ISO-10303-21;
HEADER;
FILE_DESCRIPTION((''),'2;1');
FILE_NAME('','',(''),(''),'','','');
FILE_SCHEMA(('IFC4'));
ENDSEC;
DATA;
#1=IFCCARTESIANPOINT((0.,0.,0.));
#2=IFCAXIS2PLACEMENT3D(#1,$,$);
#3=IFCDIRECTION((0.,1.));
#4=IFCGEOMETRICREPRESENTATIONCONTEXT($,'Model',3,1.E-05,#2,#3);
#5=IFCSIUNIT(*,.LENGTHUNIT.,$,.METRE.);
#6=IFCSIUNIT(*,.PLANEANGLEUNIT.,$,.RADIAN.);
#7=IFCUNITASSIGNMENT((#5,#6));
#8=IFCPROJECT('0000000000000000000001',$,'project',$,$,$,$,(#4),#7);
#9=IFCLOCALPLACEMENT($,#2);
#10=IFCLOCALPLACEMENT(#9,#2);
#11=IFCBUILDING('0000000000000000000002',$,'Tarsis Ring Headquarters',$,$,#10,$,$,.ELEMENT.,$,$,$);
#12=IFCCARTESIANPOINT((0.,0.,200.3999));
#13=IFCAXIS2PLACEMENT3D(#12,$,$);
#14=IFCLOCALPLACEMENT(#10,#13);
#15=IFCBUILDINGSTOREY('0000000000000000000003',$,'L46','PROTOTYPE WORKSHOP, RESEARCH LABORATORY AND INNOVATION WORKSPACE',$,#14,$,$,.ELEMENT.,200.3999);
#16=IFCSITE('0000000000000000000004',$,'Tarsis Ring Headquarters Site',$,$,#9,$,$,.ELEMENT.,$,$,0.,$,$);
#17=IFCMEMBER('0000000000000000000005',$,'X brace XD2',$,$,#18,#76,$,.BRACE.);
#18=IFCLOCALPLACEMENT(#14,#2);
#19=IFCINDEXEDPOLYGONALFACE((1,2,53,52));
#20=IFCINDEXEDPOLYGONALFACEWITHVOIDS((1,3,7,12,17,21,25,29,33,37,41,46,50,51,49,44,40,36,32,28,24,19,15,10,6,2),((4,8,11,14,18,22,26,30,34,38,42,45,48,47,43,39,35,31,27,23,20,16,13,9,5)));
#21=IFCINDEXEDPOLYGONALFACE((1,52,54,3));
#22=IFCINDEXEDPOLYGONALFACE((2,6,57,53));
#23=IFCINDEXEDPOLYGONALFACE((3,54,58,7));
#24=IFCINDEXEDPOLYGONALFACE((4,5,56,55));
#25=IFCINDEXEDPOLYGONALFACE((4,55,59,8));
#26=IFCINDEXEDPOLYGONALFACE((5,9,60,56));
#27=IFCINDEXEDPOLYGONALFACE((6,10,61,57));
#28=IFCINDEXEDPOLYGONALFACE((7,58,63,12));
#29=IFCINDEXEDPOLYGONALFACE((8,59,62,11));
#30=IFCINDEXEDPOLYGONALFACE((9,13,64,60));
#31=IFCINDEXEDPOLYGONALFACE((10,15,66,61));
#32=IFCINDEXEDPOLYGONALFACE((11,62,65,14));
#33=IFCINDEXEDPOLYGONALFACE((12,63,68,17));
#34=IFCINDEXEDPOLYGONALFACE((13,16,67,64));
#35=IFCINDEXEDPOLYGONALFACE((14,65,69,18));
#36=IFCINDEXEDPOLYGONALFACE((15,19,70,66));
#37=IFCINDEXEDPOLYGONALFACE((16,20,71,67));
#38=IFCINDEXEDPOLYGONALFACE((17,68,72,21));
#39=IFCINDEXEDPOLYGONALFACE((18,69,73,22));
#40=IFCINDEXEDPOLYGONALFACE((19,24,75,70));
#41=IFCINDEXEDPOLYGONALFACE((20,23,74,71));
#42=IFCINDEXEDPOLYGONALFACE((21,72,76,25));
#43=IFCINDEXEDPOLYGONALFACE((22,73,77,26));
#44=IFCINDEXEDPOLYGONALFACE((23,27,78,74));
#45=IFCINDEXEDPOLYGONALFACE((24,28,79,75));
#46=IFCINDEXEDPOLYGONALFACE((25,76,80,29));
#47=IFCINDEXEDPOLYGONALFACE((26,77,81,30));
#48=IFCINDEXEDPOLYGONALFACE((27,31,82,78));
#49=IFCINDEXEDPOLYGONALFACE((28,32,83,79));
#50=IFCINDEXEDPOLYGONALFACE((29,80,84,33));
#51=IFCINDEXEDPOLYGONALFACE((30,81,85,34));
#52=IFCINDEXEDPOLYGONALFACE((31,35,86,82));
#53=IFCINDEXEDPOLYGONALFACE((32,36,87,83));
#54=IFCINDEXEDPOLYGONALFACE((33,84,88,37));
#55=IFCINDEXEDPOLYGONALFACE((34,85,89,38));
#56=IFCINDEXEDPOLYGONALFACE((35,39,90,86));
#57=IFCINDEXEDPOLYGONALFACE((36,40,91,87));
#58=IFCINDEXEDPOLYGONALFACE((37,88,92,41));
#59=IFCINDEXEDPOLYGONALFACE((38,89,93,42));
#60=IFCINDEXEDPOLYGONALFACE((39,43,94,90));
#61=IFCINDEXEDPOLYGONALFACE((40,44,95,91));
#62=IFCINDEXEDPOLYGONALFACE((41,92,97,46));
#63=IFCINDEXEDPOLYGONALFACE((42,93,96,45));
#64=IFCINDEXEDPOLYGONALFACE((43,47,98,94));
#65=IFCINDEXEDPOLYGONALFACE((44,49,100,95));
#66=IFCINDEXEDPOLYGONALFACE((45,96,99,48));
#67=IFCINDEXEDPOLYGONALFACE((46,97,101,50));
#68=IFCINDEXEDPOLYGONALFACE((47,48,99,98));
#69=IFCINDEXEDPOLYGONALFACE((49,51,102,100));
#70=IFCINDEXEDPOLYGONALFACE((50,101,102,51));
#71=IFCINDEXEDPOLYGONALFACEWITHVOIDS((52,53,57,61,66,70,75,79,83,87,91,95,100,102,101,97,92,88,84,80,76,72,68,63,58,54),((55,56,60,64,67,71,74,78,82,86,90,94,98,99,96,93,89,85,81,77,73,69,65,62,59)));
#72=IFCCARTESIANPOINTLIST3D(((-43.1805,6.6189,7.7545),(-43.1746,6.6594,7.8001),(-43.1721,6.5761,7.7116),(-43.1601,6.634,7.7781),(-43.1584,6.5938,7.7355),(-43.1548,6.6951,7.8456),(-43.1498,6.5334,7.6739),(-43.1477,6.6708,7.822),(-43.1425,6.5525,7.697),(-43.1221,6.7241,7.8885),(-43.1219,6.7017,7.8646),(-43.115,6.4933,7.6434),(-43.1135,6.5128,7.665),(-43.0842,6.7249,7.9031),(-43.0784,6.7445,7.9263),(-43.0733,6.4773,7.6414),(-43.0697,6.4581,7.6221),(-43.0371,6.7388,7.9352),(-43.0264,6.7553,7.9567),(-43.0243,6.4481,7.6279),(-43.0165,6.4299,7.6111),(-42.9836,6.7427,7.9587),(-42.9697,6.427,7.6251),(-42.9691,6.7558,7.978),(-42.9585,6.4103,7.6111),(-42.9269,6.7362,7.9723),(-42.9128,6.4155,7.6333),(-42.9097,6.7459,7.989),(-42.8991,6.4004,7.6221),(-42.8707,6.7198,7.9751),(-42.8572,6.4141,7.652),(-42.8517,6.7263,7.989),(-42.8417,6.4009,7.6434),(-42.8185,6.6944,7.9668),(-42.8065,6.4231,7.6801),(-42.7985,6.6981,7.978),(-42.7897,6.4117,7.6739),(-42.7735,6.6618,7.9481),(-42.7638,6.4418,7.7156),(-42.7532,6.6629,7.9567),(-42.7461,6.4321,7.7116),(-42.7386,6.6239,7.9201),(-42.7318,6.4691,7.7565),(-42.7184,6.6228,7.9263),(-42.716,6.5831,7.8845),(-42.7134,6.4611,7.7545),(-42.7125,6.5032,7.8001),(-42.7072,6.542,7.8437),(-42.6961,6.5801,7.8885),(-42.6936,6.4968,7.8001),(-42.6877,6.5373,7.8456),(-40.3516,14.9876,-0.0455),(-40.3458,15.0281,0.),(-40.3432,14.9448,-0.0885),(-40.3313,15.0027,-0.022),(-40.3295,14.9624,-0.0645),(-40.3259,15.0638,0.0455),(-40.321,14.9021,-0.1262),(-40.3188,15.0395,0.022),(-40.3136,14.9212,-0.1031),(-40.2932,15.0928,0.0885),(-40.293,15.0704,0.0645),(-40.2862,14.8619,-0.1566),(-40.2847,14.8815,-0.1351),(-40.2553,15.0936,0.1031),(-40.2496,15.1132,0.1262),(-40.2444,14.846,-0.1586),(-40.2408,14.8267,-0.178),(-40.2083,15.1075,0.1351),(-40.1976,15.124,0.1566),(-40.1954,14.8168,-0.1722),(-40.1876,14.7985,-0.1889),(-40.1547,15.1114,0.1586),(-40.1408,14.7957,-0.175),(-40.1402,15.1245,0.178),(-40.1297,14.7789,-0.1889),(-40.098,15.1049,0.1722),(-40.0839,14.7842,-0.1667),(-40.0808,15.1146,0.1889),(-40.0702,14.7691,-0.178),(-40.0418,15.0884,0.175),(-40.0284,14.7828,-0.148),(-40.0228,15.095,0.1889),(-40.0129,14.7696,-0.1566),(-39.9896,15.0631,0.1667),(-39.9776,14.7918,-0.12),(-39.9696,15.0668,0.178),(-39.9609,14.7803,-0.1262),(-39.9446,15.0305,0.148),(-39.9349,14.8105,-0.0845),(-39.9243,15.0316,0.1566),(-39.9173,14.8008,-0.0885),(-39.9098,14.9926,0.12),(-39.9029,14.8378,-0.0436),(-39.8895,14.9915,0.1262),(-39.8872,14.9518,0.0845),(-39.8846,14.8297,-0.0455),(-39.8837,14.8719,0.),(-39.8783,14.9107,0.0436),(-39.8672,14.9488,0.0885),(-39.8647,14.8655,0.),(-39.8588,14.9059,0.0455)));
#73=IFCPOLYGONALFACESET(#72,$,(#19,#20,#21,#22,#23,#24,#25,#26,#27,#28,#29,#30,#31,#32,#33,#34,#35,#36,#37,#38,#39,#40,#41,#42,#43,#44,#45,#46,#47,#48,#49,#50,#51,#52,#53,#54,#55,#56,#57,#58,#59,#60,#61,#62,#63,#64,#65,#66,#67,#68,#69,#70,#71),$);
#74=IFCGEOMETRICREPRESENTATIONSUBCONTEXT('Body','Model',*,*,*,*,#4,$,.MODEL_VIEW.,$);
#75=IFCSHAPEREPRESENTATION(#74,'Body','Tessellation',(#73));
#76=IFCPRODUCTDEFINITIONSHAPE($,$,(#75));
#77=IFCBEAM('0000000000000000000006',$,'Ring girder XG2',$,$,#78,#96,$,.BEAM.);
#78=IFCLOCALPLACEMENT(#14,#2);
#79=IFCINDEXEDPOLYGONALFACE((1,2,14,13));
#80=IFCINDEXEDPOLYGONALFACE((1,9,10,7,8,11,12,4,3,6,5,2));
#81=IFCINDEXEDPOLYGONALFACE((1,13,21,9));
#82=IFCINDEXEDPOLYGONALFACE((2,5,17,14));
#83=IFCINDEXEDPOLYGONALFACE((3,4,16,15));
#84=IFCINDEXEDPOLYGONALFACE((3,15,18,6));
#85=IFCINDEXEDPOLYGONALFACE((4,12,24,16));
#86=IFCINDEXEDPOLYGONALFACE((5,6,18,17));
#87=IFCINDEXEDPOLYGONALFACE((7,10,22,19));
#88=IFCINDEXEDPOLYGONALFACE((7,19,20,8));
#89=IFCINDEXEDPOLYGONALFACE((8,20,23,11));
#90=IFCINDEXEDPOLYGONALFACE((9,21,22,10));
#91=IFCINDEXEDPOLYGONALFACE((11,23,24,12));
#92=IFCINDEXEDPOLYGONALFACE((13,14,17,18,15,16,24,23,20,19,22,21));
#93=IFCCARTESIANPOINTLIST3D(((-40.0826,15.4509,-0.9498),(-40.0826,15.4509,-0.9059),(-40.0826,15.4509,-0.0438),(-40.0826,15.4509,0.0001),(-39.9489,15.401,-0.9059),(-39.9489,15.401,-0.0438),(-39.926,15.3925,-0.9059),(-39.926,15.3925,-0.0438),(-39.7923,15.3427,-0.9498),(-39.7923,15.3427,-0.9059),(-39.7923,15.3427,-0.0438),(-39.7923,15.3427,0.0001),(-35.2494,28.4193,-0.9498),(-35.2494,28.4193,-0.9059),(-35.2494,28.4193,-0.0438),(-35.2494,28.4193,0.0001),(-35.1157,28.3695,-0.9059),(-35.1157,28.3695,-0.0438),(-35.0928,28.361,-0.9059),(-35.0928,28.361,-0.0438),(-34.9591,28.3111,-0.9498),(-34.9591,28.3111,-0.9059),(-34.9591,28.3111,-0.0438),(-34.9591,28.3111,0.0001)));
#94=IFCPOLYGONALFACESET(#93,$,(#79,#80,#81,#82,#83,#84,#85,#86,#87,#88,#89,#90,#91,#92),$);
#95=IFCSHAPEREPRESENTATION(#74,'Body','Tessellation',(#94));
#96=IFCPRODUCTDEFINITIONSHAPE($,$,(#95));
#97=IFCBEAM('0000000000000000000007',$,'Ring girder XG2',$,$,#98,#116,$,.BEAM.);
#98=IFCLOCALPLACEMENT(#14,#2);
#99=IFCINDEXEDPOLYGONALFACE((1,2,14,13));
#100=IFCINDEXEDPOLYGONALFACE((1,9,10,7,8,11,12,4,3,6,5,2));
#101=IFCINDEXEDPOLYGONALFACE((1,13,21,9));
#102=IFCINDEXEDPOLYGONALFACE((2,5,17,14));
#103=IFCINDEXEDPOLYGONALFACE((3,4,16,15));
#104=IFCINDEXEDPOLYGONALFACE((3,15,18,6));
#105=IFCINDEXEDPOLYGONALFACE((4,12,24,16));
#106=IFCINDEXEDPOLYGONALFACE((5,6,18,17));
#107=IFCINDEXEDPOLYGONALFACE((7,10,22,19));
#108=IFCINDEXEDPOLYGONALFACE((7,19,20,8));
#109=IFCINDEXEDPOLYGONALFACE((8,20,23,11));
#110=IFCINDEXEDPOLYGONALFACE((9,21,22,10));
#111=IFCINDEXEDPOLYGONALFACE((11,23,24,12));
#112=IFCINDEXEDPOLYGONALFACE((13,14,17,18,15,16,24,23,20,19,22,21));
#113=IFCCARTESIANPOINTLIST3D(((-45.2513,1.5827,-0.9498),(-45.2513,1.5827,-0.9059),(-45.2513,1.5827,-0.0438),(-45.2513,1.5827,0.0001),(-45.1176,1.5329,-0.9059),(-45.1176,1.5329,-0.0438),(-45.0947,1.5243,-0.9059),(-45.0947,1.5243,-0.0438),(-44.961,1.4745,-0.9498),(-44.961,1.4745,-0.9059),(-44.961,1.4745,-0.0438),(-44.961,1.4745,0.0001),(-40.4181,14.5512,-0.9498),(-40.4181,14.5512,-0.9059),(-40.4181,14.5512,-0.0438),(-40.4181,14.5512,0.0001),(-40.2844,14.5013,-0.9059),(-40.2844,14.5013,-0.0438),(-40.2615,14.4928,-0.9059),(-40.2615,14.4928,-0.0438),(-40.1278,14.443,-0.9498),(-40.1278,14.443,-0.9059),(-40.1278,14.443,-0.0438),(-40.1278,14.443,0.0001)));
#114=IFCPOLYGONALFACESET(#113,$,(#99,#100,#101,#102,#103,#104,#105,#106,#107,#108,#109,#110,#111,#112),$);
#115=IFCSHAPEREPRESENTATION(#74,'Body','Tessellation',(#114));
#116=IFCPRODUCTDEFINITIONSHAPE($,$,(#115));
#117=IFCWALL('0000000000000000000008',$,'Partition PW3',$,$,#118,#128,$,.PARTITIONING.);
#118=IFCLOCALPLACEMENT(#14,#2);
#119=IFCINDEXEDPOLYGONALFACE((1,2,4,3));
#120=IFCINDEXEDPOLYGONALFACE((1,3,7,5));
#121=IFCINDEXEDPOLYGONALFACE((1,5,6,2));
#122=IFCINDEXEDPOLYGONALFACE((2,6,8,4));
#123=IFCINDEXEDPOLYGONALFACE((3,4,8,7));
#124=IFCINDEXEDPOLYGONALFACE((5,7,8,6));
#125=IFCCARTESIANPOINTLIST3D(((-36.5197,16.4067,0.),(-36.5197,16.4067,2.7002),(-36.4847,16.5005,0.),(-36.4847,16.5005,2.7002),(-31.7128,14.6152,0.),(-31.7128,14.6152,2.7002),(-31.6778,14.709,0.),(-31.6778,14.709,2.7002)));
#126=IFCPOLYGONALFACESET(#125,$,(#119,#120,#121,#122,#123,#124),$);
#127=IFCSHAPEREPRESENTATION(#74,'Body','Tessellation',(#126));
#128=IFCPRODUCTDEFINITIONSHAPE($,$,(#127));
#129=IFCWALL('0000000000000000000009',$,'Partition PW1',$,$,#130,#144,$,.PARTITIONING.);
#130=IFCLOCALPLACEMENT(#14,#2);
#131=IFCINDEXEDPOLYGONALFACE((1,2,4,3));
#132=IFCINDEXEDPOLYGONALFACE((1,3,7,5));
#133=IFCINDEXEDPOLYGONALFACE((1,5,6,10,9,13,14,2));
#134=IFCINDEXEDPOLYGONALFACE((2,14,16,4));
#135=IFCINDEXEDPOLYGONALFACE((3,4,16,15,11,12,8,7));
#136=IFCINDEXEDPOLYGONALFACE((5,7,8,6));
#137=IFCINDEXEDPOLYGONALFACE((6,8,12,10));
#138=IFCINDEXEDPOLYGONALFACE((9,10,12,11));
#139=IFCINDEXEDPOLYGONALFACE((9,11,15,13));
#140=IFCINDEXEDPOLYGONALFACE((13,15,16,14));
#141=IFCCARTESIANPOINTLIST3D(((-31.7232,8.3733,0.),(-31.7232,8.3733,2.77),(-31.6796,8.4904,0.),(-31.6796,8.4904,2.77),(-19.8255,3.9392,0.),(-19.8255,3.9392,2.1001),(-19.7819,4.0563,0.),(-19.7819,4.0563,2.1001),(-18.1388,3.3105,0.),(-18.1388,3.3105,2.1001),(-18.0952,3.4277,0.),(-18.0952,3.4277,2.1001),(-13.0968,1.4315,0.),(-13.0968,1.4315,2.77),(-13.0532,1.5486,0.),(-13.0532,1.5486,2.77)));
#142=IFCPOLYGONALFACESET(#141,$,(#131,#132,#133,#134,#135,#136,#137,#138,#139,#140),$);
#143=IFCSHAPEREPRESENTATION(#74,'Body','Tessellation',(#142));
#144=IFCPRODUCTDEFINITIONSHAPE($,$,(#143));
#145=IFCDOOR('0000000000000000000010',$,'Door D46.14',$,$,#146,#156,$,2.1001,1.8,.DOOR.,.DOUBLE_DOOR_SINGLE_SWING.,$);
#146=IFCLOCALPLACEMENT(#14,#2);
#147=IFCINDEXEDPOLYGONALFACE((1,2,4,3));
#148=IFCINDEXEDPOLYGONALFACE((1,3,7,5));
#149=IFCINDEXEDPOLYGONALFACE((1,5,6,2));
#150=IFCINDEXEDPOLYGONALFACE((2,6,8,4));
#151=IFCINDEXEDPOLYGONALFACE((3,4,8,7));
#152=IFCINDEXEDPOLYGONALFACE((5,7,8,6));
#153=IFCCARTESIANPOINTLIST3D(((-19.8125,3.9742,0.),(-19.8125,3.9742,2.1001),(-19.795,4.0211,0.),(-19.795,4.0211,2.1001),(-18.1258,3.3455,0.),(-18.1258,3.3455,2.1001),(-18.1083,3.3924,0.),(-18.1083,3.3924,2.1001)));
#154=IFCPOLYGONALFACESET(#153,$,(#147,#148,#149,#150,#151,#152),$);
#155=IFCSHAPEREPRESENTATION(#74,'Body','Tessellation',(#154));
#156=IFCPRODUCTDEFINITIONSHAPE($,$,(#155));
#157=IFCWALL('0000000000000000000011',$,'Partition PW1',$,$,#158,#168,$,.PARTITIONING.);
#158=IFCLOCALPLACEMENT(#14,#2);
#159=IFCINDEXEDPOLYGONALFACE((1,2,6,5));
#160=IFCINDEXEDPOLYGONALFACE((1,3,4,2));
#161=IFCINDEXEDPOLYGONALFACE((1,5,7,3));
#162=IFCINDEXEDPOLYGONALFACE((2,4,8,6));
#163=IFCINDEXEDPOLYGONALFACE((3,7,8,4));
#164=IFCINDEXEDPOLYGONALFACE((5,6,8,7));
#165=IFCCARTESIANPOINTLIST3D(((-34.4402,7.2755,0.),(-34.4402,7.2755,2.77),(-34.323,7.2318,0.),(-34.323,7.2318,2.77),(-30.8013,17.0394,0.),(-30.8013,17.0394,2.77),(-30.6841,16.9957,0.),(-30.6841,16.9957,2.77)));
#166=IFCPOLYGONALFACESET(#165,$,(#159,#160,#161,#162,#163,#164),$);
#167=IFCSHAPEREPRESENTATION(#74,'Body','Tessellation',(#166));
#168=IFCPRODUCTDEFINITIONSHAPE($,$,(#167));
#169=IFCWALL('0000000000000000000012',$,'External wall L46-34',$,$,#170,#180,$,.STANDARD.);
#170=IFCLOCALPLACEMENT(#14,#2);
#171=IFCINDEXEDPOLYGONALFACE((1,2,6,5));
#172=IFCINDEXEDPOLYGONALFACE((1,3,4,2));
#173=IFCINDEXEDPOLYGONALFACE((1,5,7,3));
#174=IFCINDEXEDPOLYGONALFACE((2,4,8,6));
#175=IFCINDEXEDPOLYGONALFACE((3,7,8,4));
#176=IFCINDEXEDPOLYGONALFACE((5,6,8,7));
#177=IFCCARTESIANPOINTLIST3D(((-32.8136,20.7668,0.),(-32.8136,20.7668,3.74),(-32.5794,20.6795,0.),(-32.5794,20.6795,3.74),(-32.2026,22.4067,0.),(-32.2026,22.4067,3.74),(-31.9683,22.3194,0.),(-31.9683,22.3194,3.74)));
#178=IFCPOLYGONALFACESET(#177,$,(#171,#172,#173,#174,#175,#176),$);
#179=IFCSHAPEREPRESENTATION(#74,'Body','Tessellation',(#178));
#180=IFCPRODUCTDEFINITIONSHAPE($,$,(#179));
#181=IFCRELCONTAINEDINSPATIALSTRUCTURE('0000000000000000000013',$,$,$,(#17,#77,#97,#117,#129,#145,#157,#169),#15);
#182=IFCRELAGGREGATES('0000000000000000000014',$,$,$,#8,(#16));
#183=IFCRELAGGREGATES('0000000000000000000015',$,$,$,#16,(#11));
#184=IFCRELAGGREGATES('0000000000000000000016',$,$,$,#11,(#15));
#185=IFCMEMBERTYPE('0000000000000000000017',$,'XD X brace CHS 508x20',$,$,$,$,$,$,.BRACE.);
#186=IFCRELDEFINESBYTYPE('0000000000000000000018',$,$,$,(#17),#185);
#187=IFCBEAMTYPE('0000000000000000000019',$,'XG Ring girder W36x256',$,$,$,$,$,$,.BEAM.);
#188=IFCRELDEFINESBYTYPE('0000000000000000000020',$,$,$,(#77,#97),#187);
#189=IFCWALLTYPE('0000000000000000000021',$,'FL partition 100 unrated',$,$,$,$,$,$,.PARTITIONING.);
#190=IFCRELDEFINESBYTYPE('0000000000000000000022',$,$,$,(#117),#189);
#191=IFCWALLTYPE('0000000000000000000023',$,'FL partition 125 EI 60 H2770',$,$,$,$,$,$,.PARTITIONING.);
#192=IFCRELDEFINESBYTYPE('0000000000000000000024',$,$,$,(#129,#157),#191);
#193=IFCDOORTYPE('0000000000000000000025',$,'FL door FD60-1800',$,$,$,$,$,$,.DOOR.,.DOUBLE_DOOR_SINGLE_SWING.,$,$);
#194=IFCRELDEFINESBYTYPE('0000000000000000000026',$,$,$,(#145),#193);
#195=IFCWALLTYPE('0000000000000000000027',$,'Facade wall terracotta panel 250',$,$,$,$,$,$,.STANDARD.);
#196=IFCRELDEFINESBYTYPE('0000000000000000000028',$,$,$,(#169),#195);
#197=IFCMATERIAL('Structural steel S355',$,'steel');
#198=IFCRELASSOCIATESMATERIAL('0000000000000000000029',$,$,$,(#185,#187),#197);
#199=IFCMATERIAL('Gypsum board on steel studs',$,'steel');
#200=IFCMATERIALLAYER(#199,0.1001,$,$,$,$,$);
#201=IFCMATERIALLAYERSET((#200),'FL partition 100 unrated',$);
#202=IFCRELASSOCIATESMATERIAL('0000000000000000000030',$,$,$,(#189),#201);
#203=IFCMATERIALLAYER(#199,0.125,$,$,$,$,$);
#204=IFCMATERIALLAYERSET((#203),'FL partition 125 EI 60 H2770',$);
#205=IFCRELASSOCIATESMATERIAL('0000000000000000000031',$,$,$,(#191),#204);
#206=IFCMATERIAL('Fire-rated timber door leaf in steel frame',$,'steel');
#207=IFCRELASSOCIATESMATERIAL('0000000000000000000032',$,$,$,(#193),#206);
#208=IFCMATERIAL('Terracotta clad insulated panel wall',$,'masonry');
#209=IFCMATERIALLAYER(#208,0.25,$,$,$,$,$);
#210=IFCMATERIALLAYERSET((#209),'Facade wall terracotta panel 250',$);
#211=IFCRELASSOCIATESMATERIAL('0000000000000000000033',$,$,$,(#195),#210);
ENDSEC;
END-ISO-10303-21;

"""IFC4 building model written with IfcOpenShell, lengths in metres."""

from ifc_helpers import new_model, si_unit, direction, frame, frame_2d, origin, origin_2d, place, context, subcontext, project, spatial, rectangle, hollow_circle, i_section, extrude, material, layer, layer_set, material_profile, profile_set, type_object, element, fill, save


model = new_model("IFC4")

# Units and contexts
model_context = context("Model", 3, precision=1e-05, world=origin(), true_north=direction((0.0, 1.0)))
body_context = subcontext(model_context, "Body", "Model", "MODEL_VIEW")
ifc_project = project(units=[si_unit("LENGTHUNIT", "METRE"), si_unit("PLANEANGLEUNIT", "RADIAN")], contexts=[model_context])

# Site, building, storey
site_placement = place(None, origin())
site = spatial("IfcSite", under=ifc_project, at=site_placement, Name="Tarsis Ring Headquarters Site", CompositionType="ELEMENT", RefElevation=0.0)
building_placement = place(site_placement, origin())
building = spatial("IfcBuilding", under=site, at=building_placement, Name="Tarsis Ring Headquarters", CompositionType="ELEMENT")
storey_placement = place(building_placement, frame((0.0, 0.0, 200.3999)))
storey = spatial("IfcBuildingStorey", under=building, at=storey_placement, Name="L46", Description="PROTOTYPE WORKSHOP, RESEARCH LABORATORY AND INNOVATION WORKSPACE", CompositionType="ELEMENT", Elevation=200.3999)

# Shared definitions
ifc_material_1 = material(Name="Structural steel S355", Category="steel")

# Member
ifc_material_profile_1 = material_profile(ifc_material_1, hollow_circle(Radius=0.2539, WallThickness=0.02, at=origin_2d()), Name="CHS 508x20")
ifc_profile_set_1 = profile_set([ifc_material_profile_1], Name="Structural steel S355")
member_type = type_object("IfcMemberType", Name="XD X brace CHS 508x20", PredefinedType="BRACE", material=ifc_profile_set_1)
member_placement = place(storey_placement, frame((-40.1052, 14.9468, 0.0), z_axis=(-0.240046, -0.710133, 0.661883), x_axis=(0.94734, -0.32023, 0.0)))
element("IfcMember", 1, at=member_placement, inside=storey, type_object=member_type, Name="X brace XD2", PredefinedType="BRACE", context=body_context, shape_type="SweptSolid", body=[
    extrude(hollow_circle(Radius=0.2539, WallThickness=0.02, at=origin_2d()), origin(), (0.0, 0.0, 1.0), 11.7847),
])

# Beams
ifc_material_profile_2 = material_profile(ifc_material_1, i_section(OverallWidth=0.3098, OverallDepth=0.95, WebThickness=0.0244, FlangeThickness=0.0439, at=origin_2d()), Name="W36x256")
ifc_profile_set_2 = profile_set([ifc_material_profile_2], Name="Structural steel S355")
beam_type = type_object("IfcBeamType", Name="XG Ring girder W36x256", PredefinedType="BEAM", material=ifc_profile_set_2)
for number, where, z_axis, x_axis, name in (
    (2, (-35.1042, 28.3652, -0.4749), (-0.349226, -0.937038, 0.0), (0.937038, -0.349226, 0.0), "Ring girder XG2"),
    (3, (-40.2729, 14.4971, -0.4749), (-0.349226, -0.937038, 0.0), (0.937038, -0.349226, 0.0), "Ring girder XG2"),
):
    element("IfcBeam", number, at=place(storey_placement, frame(where, z_axis=z_axis, x_axis=x_axis)), inside=storey, type_object=beam_type, Name=name, PredefinedType="BEAM", context=body_context, shape_type="SweptSolid", body=[
        extrude(i_section(OverallWidth=0.3098, OverallDepth=0.95, WebThickness=0.0244, FlangeThickness=0.0439, at=origin_2d()), origin(), (0.0, 0.0, 1.0), 13.8398),
    ])

# Wall
ifc_material_2 = material(Name="Gypsum board on steel studs", Category="steel")
ifc_layer_1 = layer(ifc_material_2, 0.1001)
ifc_layer_set_1 = layer_set([ifc_layer_1], Name="FL partition 100 unrated")
wall_type_1 = type_object("IfcWallType", Name="FL partition 100 unrated", PredefinedType="PARTITIONING", material=ifc_layer_set_1)
wall_1_placement = place(storey_placement, frame((-36.5022, 16.4536, 0.0), z_axis=(0.0, 0.0, 1.0), x_axis=(0.937037, -0.349229, 0.0)))
element("IfcWall", 4, at=wall_1_placement, inside=storey, type_object=wall_type_1, Name="Partition PW3", PredefinedType="PARTITIONING", context=body_context, shape_type="SweptSolid", body=[
    extrude(rectangle(XDim=5.1299, YDim=0.1001, at=frame_2d((2.5649, 0.0))), origin(), (0.0, 0.0, 1.0), 2.7002),
])

# Wall, opening, door
ifc_layer_2 = layer(ifc_material_2, 0.125)
ifc_layer_set_2 = layer_set([ifc_layer_2], Name="FL partition 125 EI 60 H2770")
wall_type_2 = type_object("IfcWallType", Name="FL partition 125 EI 60 H2770", PredefinedType="PARTITIONING", material=ifc_layer_set_2)
wall_2_placement = place(storey_placement, frame((-31.7014, 8.4319, 0.0), z_axis=(0.0, 0.0, 1.0), x_axis=(0.937039, -0.349225, 0.0)))
wall_2 = element("IfcWall", 5, at=wall_2_placement, inside=storey, type_object=wall_type_2, Name="Partition PW1", PredefinedType="PARTITIONING", context=body_context, shape_type="SweptSolid", body=[
    extrude(rectangle(XDim=19.8779, YDim=0.125, at=frame_2d((9.939, 0.0))), origin(), (0.0, 0.0, 1.0), 2.77),
])
opening_1_placement = place(wall_2_placement, frame((12.6973, 0.0, 0.0)))
opening_1 = element("IfcOpeningElement", 6, at=opening_1_placement, cuts=wall_2, PredefinedType="OPENING", context=body_context, shape_type="SweptSolid", body=[
    extrude(rectangle(XDim=1.8, YDim=2.1001, at=frame_2d((0.8999, 1.05))), frame((0.0, 0.0725, 0.0), z_axis=(0.0, -1.0, 0.0), x_axis=(1.0, 0.0, 0.0)), (0.0, 0.0, 1.0), 0.145),
])
ifc_material_3 = material(Name="Fire-rated timber door leaf in steel frame", Category="steel")
door_type = type_object("IfcDoorType", Name="FL door FD60-1800", OperationType="DOUBLE_DOOR_SINGLE_SWING", PredefinedType="DOOR", material=ifc_material_3)
door_placement = place(opening_1_placement, origin())
door = element("IfcDoor", 7, at=door_placement, inside=storey, type_object=door_type, Name="Door D46.14", OperationType="DOUBLE_DOOR_SINGLE_SWING", OverallHeight=2.1001, OverallWidth=1.8, PredefinedType="DOOR", context=body_context, shape_type="SweptSolid", body=[
    extrude(rectangle(XDim=1.8, YDim=2.1001, at=frame_2d((0.8999, 1.05))), frame((0.0, 0.0249, 0.0), z_axis=(0.0, -1.0, 0.0), x_axis=(1.0, 0.0, 0.0)), (0.0, 0.0, 1.0), 0.05),
])
fill(opening_1, door)

# Walls
wall_3_placement = place(storey_placement, frame((-34.3816, 7.2537, 0.0), z_axis=(0.0, 0.0, 1.0), x_axis=(0.349225, 0.937039, 0.0)))
element("IfcWall", 8, at=wall_3_placement, inside=storey, type_object=wall_type_2, Name="Partition PW1", PredefinedType="PARTITIONING", context=body_context, shape_type="SweptSolid", body=[
    extrude(rectangle(XDim=10.4199, YDim=0.125, at=frame_2d((5.21, 0.0))), origin(), (0.0, 0.0, 1.0), 2.77),
])
ifc_material_4 = material(Name="Terracotta clad insulated panel wall", Category="masonry")
ifc_layer_3 = layer(ifc_material_4, 0.25)
ifc_layer_set_3 = layer_set([ifc_layer_3], Name="Facade wall terracotta panel 250")
wall_type_3 = type_object("IfcWallType", Name="Facade wall terracotta panel 250", PredefinedType="STANDARD", material=ifc_layer_set_3)
for number, where, z_axis, x_axis, name in (
    (9, (-32.0854, 22.363, 0.0), (0.0, 0.0, 1.0), (-0.349181, -0.937055, 0.0), "External wall L46-34"),
):
    element("IfcWall", number, at=place(storey_placement, frame(where, z_axis=z_axis, x_axis=x_axis)), inside=storey, type_object=wall_type_3, Name=name, PredefinedType="STANDARD", context=body_context, shape_type="SweptSolid", body=[
        extrude(rectangle(XDim=1.75, YDim=0.25, at=frame_2d((0.875, 0.0))), origin(), (0.0, 0.0, 1.0), 3.74),
    ])

save(model, "model.ifc")
